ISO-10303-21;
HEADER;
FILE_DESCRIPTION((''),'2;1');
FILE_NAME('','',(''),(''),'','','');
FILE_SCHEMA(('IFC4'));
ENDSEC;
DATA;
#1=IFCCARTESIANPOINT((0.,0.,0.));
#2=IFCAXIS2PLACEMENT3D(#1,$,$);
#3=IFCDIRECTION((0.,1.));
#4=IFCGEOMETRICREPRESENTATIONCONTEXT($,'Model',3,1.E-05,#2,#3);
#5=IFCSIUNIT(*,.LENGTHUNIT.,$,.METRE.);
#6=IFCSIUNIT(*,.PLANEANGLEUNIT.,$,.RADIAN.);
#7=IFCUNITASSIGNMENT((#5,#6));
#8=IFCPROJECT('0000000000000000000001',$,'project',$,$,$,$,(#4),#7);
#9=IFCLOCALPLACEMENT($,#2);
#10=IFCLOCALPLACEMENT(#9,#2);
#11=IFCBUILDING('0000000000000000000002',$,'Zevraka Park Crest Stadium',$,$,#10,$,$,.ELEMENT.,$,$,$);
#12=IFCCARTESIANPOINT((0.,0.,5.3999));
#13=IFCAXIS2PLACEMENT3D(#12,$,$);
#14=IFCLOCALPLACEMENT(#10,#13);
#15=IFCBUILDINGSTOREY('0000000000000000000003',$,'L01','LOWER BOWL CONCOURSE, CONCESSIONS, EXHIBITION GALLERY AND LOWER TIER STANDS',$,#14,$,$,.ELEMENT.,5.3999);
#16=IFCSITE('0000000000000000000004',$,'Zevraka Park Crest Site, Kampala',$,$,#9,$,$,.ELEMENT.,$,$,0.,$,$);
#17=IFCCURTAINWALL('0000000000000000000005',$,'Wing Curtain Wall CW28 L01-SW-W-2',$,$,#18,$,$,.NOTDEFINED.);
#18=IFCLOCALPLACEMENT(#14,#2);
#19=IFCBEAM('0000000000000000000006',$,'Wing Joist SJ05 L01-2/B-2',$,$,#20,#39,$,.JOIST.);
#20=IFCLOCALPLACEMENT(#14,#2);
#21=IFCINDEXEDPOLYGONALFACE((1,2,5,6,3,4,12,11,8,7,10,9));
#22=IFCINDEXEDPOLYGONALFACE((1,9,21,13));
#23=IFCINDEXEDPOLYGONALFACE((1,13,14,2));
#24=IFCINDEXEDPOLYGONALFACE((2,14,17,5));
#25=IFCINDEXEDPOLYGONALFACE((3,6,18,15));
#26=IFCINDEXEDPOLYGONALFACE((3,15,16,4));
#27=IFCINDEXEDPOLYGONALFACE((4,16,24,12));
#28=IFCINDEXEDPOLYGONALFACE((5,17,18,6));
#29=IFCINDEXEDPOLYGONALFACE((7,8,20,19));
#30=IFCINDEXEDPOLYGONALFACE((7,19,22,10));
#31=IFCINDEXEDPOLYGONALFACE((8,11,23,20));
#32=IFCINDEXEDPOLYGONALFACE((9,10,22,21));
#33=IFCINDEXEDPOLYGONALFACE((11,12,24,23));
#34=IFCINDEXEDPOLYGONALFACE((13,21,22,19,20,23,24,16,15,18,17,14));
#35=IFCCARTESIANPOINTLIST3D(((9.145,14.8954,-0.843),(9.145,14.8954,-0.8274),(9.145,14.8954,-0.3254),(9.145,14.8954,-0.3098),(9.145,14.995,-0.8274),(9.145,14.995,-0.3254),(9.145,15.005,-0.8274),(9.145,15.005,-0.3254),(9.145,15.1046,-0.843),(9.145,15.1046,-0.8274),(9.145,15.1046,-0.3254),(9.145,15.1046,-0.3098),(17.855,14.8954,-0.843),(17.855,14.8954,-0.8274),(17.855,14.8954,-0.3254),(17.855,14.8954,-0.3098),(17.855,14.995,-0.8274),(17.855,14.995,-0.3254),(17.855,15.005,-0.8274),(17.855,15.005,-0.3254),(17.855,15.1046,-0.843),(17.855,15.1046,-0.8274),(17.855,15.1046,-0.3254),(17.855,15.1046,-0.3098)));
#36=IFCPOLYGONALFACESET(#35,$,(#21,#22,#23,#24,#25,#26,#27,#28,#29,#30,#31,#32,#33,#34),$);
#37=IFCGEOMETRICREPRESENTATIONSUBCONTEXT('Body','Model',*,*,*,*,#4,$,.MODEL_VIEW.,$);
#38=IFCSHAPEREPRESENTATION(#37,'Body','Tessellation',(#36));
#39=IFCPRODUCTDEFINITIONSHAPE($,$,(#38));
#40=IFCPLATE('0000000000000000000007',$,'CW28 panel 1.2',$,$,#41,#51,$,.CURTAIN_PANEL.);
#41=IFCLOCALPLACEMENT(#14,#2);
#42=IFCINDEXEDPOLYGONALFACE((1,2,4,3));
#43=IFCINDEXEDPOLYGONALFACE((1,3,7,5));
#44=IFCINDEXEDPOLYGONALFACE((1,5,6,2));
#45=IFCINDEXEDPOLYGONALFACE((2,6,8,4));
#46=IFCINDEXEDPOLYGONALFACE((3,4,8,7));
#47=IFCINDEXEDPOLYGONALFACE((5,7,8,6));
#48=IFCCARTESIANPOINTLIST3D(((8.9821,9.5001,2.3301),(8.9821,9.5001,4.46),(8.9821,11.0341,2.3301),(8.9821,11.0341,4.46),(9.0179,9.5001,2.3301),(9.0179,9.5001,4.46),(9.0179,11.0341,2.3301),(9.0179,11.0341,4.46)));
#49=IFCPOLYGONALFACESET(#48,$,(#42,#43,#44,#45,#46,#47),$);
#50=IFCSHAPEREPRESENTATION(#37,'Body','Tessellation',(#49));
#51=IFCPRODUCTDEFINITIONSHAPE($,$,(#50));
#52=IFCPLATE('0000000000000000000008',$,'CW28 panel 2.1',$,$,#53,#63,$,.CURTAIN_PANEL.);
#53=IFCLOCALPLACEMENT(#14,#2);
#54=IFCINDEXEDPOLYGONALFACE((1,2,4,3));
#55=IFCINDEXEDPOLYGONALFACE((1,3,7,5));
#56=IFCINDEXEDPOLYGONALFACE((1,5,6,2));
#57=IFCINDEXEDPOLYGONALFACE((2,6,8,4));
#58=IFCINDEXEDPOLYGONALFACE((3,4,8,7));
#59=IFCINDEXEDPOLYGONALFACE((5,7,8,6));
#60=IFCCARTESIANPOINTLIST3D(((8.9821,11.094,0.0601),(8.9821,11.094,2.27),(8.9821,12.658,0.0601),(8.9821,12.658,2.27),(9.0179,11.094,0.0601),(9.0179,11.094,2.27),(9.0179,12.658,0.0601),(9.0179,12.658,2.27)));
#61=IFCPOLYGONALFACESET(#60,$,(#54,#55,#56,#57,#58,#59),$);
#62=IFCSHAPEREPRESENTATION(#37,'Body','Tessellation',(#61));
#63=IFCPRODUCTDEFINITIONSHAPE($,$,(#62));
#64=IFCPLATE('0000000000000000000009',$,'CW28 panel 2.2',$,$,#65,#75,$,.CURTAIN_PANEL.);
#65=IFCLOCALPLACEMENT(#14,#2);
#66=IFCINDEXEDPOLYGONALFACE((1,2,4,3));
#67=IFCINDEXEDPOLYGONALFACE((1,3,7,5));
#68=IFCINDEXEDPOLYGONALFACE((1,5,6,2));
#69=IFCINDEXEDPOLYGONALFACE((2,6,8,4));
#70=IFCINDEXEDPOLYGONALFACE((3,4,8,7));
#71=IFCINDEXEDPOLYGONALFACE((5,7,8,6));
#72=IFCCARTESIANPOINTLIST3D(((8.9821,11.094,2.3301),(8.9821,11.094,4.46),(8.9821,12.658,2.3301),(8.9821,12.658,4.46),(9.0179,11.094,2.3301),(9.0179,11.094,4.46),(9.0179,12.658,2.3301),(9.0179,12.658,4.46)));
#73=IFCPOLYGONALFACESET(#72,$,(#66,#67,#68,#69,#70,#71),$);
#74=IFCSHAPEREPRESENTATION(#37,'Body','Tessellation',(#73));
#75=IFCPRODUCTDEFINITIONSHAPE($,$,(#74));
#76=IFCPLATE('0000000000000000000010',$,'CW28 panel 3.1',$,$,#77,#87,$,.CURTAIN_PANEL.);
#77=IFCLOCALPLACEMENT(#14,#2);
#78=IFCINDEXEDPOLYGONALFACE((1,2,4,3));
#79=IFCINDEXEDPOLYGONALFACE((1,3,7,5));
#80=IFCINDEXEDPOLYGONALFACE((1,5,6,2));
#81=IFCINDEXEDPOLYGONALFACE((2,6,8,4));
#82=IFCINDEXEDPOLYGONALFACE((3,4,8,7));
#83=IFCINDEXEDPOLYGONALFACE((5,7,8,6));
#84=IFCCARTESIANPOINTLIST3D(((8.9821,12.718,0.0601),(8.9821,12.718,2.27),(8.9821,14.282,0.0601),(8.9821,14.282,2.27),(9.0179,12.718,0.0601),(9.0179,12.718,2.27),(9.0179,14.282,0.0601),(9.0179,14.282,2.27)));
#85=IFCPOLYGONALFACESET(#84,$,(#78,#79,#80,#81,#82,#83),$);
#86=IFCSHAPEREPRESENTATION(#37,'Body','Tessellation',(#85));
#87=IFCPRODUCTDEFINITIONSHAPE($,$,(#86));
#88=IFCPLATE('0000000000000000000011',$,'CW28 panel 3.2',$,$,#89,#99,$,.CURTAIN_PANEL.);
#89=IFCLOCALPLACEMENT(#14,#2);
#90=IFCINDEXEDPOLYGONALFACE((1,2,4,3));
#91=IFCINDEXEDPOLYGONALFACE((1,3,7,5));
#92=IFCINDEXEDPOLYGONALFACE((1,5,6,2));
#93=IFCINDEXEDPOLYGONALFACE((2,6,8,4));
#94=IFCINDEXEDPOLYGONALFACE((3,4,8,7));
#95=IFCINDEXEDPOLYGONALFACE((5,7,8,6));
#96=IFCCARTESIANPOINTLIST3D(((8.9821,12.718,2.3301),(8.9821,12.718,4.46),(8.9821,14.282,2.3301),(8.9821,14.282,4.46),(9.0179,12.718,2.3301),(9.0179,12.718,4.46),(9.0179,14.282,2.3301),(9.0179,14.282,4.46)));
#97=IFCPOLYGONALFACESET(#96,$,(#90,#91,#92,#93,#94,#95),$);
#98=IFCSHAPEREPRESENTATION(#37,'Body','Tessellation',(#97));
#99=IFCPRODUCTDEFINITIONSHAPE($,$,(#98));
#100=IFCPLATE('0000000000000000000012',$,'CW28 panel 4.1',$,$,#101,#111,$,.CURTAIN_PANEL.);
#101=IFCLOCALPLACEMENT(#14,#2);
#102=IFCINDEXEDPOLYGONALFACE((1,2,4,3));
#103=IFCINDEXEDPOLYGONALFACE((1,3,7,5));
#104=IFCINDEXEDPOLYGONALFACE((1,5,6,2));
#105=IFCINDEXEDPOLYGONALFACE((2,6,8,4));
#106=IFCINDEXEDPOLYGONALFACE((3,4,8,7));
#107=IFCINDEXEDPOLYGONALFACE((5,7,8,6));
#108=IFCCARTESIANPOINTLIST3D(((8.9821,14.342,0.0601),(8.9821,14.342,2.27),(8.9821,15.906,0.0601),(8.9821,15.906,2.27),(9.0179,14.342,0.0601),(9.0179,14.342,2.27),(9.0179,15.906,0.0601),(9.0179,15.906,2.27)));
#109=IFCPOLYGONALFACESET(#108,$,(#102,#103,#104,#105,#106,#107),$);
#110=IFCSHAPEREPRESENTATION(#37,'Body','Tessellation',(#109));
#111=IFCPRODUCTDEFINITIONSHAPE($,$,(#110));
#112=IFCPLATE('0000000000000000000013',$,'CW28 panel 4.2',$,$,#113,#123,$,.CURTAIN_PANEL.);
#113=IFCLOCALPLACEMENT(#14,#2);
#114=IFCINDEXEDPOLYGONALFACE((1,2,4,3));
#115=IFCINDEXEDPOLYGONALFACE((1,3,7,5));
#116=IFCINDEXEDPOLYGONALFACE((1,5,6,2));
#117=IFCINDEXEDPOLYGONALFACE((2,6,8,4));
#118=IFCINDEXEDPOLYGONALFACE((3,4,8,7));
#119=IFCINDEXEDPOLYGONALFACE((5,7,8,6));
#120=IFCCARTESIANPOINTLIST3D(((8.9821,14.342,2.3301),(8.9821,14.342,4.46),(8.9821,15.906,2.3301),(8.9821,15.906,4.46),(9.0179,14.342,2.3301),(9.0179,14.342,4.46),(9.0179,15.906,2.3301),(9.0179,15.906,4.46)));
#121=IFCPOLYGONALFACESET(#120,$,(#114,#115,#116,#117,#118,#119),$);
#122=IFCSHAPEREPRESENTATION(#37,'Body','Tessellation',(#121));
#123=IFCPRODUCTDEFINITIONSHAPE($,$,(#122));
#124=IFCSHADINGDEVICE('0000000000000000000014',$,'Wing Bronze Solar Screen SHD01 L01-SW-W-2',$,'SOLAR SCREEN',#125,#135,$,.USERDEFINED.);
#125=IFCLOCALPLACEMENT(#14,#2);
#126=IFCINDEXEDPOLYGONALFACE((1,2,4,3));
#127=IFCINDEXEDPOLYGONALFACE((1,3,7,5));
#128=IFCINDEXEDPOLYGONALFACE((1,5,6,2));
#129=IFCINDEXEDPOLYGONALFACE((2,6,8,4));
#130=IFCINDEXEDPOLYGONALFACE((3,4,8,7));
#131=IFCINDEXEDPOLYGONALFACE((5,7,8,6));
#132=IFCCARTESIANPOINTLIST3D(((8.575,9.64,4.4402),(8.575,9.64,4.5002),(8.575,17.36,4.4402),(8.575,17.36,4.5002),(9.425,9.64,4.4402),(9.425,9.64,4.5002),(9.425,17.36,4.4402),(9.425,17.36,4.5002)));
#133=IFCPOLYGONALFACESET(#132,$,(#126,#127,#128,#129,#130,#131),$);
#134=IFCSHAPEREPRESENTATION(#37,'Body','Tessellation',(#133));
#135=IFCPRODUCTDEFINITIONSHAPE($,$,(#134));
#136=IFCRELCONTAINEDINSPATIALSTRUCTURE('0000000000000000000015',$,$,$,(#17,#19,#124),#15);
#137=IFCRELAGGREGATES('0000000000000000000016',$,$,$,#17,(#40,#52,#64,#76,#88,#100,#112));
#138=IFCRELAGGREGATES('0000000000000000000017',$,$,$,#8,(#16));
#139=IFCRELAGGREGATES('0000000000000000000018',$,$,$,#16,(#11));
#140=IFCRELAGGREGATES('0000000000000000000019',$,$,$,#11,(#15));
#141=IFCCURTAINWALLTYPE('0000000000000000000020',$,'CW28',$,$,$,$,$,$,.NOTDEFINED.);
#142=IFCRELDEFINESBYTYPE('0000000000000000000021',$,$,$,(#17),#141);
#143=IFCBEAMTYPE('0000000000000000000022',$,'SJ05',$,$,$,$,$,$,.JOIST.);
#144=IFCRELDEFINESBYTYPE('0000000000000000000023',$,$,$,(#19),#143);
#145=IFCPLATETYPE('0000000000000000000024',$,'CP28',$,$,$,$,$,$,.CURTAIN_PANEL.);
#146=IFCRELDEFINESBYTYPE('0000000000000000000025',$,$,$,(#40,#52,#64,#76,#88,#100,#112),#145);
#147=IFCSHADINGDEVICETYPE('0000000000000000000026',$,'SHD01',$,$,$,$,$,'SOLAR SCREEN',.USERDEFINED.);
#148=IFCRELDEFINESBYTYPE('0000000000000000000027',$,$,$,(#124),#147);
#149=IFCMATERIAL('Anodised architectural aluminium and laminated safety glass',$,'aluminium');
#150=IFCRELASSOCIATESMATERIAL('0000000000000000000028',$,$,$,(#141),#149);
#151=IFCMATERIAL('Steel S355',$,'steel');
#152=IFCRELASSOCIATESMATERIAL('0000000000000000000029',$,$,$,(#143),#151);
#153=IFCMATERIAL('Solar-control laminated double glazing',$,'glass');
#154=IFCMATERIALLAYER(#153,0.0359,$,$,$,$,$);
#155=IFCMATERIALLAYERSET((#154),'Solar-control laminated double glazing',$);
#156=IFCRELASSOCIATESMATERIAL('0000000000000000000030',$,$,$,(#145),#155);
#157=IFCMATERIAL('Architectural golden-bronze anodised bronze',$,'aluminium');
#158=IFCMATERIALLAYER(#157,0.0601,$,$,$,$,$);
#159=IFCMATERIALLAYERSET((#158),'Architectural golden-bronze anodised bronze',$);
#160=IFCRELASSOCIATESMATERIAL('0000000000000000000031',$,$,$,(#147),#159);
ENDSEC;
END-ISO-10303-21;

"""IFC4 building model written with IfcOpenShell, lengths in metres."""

from ifc_helpers import new_model, si_unit, direction, frame, origin, origin_2d, place, context, subcontext, project, spatial, rectangle, i_section, extrude, material, layer, layer_set, material_profile, profile_set, type_object, element, aggregate, save


model = new_model("IFC4")

# Units and contexts
model_context = context("Model", 3, precision=1e-05, world=origin(), true_north=direction((0.0, 1.0)))
body_context = subcontext(model_context, "Body", "Model", "MODEL_VIEW")
ifc_project = project(units=[si_unit("LENGTHUNIT", "METRE"), si_unit("PLANEANGLEUNIT", "RADIAN")], contexts=[model_context])

# Site, building, storey
site_placement = place(None, origin())
site = spatial("IfcSite", under=ifc_project, at=site_placement, Name="Zevraka Park Crest Site, Kampala", CompositionType="ELEMENT", RefElevation=0.0)
building_placement = place(site_placement, origin())
building = spatial("IfcBuilding", under=site, at=building_placement, Name="Zevraka Park Crest Stadium", CompositionType="ELEMENT")
storey_placement = place(building_placement, frame((0.0, 0.0, 5.3999)))
storey = spatial("IfcBuildingStorey", under=building, at=storey_placement, Name="L01", Description="LOWER BOWL CONCOURSE, CONCESSIONS, EXHIBITION GALLERY AND LOWER TIER STANDS", CompositionType="ELEMENT", Elevation=5.3999)

# Curtain wall
ifc_material_1 = material(Name="Anodised architectural aluminium and laminated safety glass", Category="aluminium")
curtain_wall_type = type_object("IfcCurtainWallType", Name="CW28", PredefinedType="NOTDEFINED", material=ifc_material_1)
curtain_wall_placement = place(storey_placement, origin())
curtain_wall = element("IfcCurtainWall", 1, at=curtain_wall_placement, inside=storey, type_object=curtain_wall_type, Name="Wing Curtain Wall CW28 L01-SW-W-2", PredefinedType="NOTDEFINED")

# Beam
ifc_material_2 = material(Name="Steel S355", Category="steel")
ifc_material_profile_1 = material_profile(ifc_material_2, i_section(OverallWidth=0.2092, OverallDepth=0.5332, WebThickness=0.01, FlangeThickness=0.0156, at=origin_2d()), Name="UKB 533x210x92")
ifc_profile_set_1 = profile_set([ifc_material_profile_1], Name="Steel S355")
beam_type = type_object("IfcBeamType", Name="SJ05", PredefinedType="JOIST", material=ifc_profile_set_1)
for number, where, z_axis, x_axis, name in (
    (2, (9.145, 15.0, -0.5764), (1.0, 0.0, 0.0), (0.0, 1.0, 0.0), "Wing Joist SJ05 L01-2/B-2"),
):
    element("IfcBeam", number, at=place(storey_placement, frame(where, z_axis=z_axis, x_axis=x_axis)), inside=storey, type_object=beam_type, Name=name, PredefinedType="JOIST", context=body_context, shape_type="SweptSolid", body=[
        extrude(i_section(OverallWidth=0.2092, OverallDepth=0.5332, WebThickness=0.01, FlangeThickness=0.0156, at=origin_2d()), origin(), (0.0, 0.0, 1.0), 8.71),
    ])

# Plates
ifc_material_3 = material(Name="Solar-control laminated double glazing", Category="glass")
ifc_layer_1 = layer(ifc_material_3, 0.0359)
ifc_layer_set_1 = layer_set([ifc_layer_1], Name="Solar-control laminated double glazing")
plate_type = type_object("IfcPlateType", Name="CP28", PredefinedType="CURTAIN_PANEL", material=ifc_layer_set_1)
plate_1_placement = place(storey_placement, frame((9.0, 10.2671, 2.3301), z_axis=(0.0, 0.0, 1.0), x_axis=(0.0, 1.0, 0.0)))
plate_1 = element("IfcPlate", 3, at=plate_1_placement, type_object=plate_type, Name="CW28 panel 1.2", PredefinedType="CURTAIN_PANEL", context=body_context, shape_type="SweptSolid", body=[
    extrude(rectangle(XDim=1.5339, YDim=0.0359, at=origin_2d()), origin(), (0.0, 0.0, 1.0), 2.1299),
])
plate_2_placement = place(storey_placement, frame((9.0, 11.876, 0.0601), z_axis=(0.0, 0.0, 1.0), x_axis=(0.0, 1.0, 0.0)))
plate_2 = element("IfcPlate", 4, at=plate_2_placement, type_object=plate_type, Name="CW28 panel 2.1", PredefinedType="CURTAIN_PANEL", context=body_context, shape_type="SweptSolid", body=[
    extrude(rectangle(XDim=1.564, YDim=0.0359, at=origin_2d()), origin(), (0.0, 0.0, 1.0), 2.21),
])
plate_3_placement = place(storey_placement, frame((9.0, 11.876, 2.3301), z_axis=(0.0, 0.0, 1.0), x_axis=(0.0, 1.0, 0.0)))
plate_3 = element("IfcPlate", 5, at=plate_3_placement, type_object=plate_type, Name="CW28 panel 2.2", PredefinedType="CURTAIN_PANEL", context=body_context, shape_type="SweptSolid", body=[
    extrude(rectangle(XDim=1.564, YDim=0.0359, at=origin_2d()), origin(), (0.0, 0.0, 1.0), 2.1299),
])
plate_4_placement = place(storey_placement, frame((9.0, 13.5, 0.0601), z_axis=(0.0, 0.0, 1.0), x_axis=(0.0, 1.0, 0.0)))
plate_4 = element("IfcPlate", 6, at=plate_4_placement, type_object=plate_type, Name="CW28 panel 3.1", PredefinedType="CURTAIN_PANEL", context=body_context, shape_type="SweptSolid", body=[
    extrude(rectangle(XDim=1.564, YDim=0.0359, at=origin_2d()), origin(), (0.0, 0.0, 1.0), 2.21),
])
plate_5_placement = place(storey_placement, frame((9.0, 13.5, 2.3301), z_axis=(0.0, 0.0, 1.0), x_axis=(0.0, 1.0, 0.0)))
plate_5 = element("IfcPlate", 7, at=plate_5_placement, type_object=plate_type, Name="CW28 panel 3.2", PredefinedType="CURTAIN_PANEL", context=body_context, shape_type="SweptSolid", body=[
    extrude(rectangle(XDim=1.564, YDim=0.0359, at=origin_2d()), origin(), (0.0, 0.0, 1.0), 2.1299),
])
plate_6_placement = place(storey_placement, frame((9.0, 15.124, 0.0601), z_axis=(0.0, 0.0, 1.0), x_axis=(0.0, 1.0, 0.0)))
plate_6 = element("IfcPlate", 8, at=plate_6_placement, type_object=plate_type, Name="CW28 panel 4.1", PredefinedType="CURTAIN_PANEL", context=body_context, shape_type="SweptSolid", body=[
    extrude(rectangle(XDim=1.564, YDim=0.0359, at=origin_2d()), origin(), (0.0, 0.0, 1.0), 2.21),
])
plate_7_placement = place(storey_placement, frame((9.0, 15.124, 2.3301), z_axis=(0.0, 0.0, 1.0), x_axis=(0.0, 1.0, 0.0)))
plate_7 = element("IfcPlate", 9, at=plate_7_placement, type_object=plate_type, Name="CW28 panel 4.2", PredefinedType="CURTAIN_PANEL", context=body_context, shape_type="SweptSolid", body=[
    extrude(rectangle(XDim=1.564, YDim=0.0359, at=origin_2d()), origin(), (0.0, 0.0, 1.0), 2.1299),
])
aggregate(curtain_wall, [plate_1, plate_2, plate_3, plate_4, plate_5, plate_6, plate_7])

# Shading device
ifc_material_4 = material(Name="Architectural golden-bronze anodised bronze", Category="aluminium")
ifc_layer_2 = layer(ifc_material_4, 0.0601)
ifc_layer_set_2 = layer_set([ifc_layer_2], Name="Architectural golden-bronze anodised bronze")
shading_device_type = type_object("IfcShadingDeviceType", Name="SHD01", ElementType="SOLAR SCREEN", PredefinedType="USERDEFINED", material=ifc_layer_set_2)
shading_device_placement = place(storey_placement, frame((9.0, 13.5, 4.4402), z_axis=(0.0, 0.0, 1.0), x_axis=(0.0, 1.0, 0.0)))
element("IfcShadingDevice", 10, at=shading_device_placement, inside=storey, type_object=shading_device_type, Name="Wing Bronze Solar Screen SHD01 L01-SW-W-2", ObjectType="SOLAR SCREEN", PredefinedType="USERDEFINED", context=body_context, shape_type="SweptSolid", body=[
    extrude(rectangle(XDim=7.72, YDim=0.8501, at=origin_2d()), origin(), (0.0, 0.0, 1.0), 0.0601),
])

save(model, "model.ifc")
